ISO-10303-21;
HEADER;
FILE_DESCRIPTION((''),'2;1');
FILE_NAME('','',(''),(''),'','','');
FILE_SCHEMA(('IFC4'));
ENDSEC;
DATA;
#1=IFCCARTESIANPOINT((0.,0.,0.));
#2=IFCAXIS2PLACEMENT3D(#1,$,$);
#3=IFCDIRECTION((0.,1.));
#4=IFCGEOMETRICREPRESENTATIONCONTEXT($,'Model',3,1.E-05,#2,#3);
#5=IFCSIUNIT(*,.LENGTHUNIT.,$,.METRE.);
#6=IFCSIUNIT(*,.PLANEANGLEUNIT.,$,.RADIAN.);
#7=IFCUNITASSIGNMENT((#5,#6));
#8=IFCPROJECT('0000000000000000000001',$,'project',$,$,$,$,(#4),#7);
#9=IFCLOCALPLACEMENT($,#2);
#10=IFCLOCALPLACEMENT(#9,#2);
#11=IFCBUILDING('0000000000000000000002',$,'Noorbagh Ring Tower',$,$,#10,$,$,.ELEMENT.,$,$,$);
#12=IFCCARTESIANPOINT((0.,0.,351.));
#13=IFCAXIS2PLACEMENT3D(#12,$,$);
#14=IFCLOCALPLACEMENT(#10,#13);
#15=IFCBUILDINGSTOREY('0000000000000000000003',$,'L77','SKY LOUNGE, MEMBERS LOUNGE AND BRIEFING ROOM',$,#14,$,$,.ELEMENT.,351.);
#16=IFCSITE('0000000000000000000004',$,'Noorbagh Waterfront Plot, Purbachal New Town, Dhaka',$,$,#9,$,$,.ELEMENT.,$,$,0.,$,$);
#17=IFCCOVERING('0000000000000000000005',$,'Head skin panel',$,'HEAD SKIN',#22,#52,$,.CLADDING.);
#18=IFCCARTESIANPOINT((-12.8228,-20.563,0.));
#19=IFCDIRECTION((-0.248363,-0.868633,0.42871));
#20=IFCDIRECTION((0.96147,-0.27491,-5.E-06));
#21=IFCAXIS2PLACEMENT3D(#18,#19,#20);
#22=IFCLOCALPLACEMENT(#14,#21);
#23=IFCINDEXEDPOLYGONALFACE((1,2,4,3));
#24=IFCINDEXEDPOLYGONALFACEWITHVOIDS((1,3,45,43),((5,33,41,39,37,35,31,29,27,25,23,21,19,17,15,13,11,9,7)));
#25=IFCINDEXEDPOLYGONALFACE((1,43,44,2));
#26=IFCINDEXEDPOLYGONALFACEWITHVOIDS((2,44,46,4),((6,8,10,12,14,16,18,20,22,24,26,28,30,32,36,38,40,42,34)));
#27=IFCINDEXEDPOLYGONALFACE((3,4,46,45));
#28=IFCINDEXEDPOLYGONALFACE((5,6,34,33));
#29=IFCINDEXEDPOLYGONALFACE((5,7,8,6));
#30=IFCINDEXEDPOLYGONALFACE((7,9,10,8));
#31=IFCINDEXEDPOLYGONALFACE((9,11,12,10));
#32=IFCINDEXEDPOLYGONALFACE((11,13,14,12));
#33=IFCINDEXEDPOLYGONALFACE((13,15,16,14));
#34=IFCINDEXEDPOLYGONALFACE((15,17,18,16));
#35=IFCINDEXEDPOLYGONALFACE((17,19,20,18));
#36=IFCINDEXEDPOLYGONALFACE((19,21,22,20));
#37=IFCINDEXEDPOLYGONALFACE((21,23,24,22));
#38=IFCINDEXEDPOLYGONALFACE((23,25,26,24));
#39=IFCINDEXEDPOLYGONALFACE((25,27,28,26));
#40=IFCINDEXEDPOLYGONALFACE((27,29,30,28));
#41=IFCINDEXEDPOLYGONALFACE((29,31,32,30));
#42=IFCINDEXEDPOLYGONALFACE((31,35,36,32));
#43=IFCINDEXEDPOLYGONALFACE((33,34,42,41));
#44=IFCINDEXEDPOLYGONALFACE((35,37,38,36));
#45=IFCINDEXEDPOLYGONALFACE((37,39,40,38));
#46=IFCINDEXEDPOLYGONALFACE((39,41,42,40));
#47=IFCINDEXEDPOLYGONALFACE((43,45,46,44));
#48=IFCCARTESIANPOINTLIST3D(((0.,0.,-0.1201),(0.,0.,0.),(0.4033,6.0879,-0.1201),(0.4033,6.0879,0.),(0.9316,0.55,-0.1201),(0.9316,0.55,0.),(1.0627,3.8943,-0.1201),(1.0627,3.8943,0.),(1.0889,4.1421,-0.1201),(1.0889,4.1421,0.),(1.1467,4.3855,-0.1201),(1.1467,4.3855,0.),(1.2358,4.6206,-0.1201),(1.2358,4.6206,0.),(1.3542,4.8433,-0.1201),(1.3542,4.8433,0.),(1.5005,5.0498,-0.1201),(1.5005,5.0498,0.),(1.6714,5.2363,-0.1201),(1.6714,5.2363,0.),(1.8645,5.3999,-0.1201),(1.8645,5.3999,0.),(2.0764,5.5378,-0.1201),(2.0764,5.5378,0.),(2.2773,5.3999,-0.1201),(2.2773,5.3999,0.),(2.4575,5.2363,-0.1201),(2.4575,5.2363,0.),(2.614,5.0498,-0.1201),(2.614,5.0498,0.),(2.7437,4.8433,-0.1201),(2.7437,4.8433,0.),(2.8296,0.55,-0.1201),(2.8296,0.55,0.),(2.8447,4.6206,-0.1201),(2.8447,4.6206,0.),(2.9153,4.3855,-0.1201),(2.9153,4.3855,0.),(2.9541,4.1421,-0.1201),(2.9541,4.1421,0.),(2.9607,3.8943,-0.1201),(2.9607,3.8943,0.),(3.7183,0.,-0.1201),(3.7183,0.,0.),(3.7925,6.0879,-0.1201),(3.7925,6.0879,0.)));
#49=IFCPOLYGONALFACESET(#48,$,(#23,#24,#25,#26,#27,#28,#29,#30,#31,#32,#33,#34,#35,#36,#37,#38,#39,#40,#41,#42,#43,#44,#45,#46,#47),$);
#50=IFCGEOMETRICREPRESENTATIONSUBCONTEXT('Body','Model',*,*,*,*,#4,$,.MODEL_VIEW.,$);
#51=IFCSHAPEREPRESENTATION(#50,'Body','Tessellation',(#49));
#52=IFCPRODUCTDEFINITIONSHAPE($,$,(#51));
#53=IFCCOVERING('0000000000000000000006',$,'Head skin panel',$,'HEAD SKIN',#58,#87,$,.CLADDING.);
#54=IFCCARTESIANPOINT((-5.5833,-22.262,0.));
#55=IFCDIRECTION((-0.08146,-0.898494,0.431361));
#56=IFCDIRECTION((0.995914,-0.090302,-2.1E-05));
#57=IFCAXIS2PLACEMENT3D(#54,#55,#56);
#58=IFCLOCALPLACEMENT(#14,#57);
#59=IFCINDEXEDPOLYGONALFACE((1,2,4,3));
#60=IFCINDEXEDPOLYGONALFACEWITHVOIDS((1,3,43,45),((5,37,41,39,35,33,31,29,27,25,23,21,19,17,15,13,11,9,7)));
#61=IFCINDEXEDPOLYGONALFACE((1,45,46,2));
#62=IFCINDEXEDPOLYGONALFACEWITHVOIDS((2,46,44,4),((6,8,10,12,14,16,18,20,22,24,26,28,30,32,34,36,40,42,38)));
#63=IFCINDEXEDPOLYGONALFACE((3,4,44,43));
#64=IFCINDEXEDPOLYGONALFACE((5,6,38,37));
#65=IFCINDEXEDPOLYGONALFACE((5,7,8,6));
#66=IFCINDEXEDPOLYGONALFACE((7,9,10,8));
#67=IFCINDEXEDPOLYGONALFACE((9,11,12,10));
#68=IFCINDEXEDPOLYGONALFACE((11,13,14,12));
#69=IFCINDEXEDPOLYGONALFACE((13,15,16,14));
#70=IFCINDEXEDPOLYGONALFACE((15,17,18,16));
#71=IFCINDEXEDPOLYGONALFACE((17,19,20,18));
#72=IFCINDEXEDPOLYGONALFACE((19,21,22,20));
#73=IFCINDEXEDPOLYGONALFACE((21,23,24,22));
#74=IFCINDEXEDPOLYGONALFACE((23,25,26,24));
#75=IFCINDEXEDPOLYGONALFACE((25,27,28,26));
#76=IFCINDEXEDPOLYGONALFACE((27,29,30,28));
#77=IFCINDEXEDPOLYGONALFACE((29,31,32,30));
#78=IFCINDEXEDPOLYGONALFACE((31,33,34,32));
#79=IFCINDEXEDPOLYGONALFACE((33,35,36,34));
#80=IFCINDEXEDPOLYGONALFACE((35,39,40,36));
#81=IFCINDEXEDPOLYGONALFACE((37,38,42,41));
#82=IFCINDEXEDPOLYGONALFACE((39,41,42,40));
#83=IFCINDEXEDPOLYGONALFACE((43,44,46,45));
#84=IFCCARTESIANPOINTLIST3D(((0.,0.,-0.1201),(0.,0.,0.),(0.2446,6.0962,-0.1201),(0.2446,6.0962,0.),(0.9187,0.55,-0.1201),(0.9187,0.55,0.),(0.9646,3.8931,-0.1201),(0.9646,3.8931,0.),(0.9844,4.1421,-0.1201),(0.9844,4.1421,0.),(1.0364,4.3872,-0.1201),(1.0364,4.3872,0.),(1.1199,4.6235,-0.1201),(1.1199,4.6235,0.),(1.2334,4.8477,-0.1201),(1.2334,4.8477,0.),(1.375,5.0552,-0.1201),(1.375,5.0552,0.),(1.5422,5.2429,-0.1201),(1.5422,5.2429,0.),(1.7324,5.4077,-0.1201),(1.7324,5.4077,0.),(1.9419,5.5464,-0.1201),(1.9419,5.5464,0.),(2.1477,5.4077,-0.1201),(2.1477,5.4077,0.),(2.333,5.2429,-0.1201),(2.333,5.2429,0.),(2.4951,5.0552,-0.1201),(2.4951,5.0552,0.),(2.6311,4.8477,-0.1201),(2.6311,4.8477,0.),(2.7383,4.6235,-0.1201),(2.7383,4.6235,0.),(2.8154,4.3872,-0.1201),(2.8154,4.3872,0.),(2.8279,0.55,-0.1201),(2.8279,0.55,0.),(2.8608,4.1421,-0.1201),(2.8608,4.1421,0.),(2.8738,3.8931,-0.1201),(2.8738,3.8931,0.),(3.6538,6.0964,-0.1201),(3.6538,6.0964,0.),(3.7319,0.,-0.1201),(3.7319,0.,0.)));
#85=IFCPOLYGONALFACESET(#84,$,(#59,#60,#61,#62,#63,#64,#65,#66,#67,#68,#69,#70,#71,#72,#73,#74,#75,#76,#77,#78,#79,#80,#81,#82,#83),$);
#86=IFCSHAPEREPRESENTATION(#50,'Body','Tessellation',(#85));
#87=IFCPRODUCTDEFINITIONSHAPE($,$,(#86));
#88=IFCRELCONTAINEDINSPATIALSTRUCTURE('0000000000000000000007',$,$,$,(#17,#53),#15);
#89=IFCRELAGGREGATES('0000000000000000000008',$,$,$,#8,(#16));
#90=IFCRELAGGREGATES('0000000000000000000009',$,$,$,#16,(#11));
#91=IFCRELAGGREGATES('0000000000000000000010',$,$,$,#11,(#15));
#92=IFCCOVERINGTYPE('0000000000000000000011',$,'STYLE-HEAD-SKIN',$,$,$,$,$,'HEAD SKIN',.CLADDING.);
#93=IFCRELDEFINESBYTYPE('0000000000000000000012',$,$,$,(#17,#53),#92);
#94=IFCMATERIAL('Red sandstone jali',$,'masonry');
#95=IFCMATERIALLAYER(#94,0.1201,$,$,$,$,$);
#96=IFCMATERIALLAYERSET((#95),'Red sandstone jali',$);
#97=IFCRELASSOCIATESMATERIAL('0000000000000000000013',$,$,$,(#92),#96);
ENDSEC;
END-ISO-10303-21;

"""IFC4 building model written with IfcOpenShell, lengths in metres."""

from ifc_helpers import new_model, si_unit, direction, frame, origin, place, context, subcontext, project, spatial, polyline, outline, extrude, material, layer, layer_set, type_object, element, save


model = new_model("IFC4")

# Units and contexts
model_context = context("Model", 3, precision=1e-05, world=origin(), true_north=direction((0.0, 1.0)))
body_context = subcontext(model_context, "Body", "Model", "MODEL_VIEW")
ifc_project = project(units=[si_unit("LENGTHUNIT", "METRE"), si_unit("PLANEANGLEUNIT", "RADIAN")], contexts=[model_context])

# Site, building, storey
site_placement = place(None, origin())
site = spatial("IfcSite", under=ifc_project, at=site_placement, Name="Noorbagh Waterfront Plot, Purbachal New Town, Dhaka", CompositionType="ELEMENT", RefElevation=0.0)
building_placement = place(site_placement, origin())
building = spatial("IfcBuilding", under=site, at=building_placement, Name="Noorbagh Ring Tower", CompositionType="ELEMENT")
storey_placement = place(building_placement, frame((0.0, 0.0, 351.0)))
storey = spatial("IfcBuildingStorey", under=building, at=storey_placement, Name="L77", Description="SKY LOUNGE, MEMBERS LOUNGE AND BRIEFING ROOM", CompositionType="ELEMENT", Elevation=351.0)

# Coverings
ifc_material_1 = material(Name="Red sandstone jali", Category="masonry")
ifc_layer_1 = layer(ifc_material_1, 0.1201)
ifc_layer_set_1 = layer_set([ifc_layer_1], Name="Red sandstone jali")
covering_type_1 = type_object("IfcCoveringType", Name="STYLE-HEAD-SKIN", ElementType="HEAD SKIN", PredefinedType="CLADDING", material=ifc_layer_set_1)
covering_1_placement = place(storey_placement, frame((-12.8228, -20.563, 0.0), z_axis=(-0.248363, -0.868633, 0.42871), x_axis=(0.96147, -0.27491, -0.000005)))
element("IfcCovering", 1, at=covering_1_placement, inside=storey, type_object=covering_type_1, Name="Head skin panel", ObjectType="HEAD SKIN", PredefinedType="CLADDING", context=body_context, shape_type="SweptSolid", body=[
    extrude(outline(polyline([(0.0, 0.0), (3.7183, 0.0), (3.7925, 6.0879), (0.4033, 6.0879), (0.0, 0.0)]), holes=[polyline([(0.9316, 0.55), (1.0627, 3.8943), (1.0889, 4.1421), (1.1467, 4.3855), (1.2358, 4.6206), (1.3542, 4.8433), (1.5005, 5.0498), (1.6714, 5.2363), (1.8645, 5.3999), (2.0764, 5.5378), (2.2773, 5.3999), (2.4575, 5.2363), (2.614, 5.0498), (2.7437, 4.8433), (2.8447, 4.6206), (2.9153, 4.3855), (2.9541, 4.1421), (2.9607, 3.8943), (2.8296, 0.55), (0.9316, 0.55)])]), origin(), (0.0, 0.0, -1.0), 0.1201),
])
covering_2_placement = place(storey_placement, frame((-5.5833, -22.262, 0.0), z_axis=(-0.08146, -0.898494, 0.431361), x_axis=(0.995914, -0.090302, -0.000021)))
element("IfcCovering", 2, at=covering_2_placement, inside=storey, type_object=covering_type_1, Name="Head skin panel", ObjectType="HEAD SKIN", PredefinedType="CLADDING", context=body_context, shape_type="SweptSolid", body=[
    extrude(outline(polyline([(0.0, 0.0), (3.7319, 0.0), (3.6538, 6.0964), (0.2446, 6.0962), (0.0, 0.0)]), holes=[polyline([(0.9187, 0.55), (0.9646, 3.8931), (0.9844, 4.1421), (1.0364, 4.3872), (1.1199, 4.6235), (1.2334, 4.8477), (1.375, 5.0552), (1.5422, 5.2429), (1.7324, 5.4077), (1.9419, 5.5464), (2.1477, 5.4077), (2.333, 5.2429), (2.4951, 5.0552), (2.6311, 4.8477), (2.7383, 4.6235), (2.8154, 4.3872), (2.8608, 4.1421), (2.8738, 3.8931), (2.8279, 0.55), (0.9187, 0.55)])]), origin(), (0.0, 0.0, -1.0), 0.1201),
])

save(model, "model.ifc")
